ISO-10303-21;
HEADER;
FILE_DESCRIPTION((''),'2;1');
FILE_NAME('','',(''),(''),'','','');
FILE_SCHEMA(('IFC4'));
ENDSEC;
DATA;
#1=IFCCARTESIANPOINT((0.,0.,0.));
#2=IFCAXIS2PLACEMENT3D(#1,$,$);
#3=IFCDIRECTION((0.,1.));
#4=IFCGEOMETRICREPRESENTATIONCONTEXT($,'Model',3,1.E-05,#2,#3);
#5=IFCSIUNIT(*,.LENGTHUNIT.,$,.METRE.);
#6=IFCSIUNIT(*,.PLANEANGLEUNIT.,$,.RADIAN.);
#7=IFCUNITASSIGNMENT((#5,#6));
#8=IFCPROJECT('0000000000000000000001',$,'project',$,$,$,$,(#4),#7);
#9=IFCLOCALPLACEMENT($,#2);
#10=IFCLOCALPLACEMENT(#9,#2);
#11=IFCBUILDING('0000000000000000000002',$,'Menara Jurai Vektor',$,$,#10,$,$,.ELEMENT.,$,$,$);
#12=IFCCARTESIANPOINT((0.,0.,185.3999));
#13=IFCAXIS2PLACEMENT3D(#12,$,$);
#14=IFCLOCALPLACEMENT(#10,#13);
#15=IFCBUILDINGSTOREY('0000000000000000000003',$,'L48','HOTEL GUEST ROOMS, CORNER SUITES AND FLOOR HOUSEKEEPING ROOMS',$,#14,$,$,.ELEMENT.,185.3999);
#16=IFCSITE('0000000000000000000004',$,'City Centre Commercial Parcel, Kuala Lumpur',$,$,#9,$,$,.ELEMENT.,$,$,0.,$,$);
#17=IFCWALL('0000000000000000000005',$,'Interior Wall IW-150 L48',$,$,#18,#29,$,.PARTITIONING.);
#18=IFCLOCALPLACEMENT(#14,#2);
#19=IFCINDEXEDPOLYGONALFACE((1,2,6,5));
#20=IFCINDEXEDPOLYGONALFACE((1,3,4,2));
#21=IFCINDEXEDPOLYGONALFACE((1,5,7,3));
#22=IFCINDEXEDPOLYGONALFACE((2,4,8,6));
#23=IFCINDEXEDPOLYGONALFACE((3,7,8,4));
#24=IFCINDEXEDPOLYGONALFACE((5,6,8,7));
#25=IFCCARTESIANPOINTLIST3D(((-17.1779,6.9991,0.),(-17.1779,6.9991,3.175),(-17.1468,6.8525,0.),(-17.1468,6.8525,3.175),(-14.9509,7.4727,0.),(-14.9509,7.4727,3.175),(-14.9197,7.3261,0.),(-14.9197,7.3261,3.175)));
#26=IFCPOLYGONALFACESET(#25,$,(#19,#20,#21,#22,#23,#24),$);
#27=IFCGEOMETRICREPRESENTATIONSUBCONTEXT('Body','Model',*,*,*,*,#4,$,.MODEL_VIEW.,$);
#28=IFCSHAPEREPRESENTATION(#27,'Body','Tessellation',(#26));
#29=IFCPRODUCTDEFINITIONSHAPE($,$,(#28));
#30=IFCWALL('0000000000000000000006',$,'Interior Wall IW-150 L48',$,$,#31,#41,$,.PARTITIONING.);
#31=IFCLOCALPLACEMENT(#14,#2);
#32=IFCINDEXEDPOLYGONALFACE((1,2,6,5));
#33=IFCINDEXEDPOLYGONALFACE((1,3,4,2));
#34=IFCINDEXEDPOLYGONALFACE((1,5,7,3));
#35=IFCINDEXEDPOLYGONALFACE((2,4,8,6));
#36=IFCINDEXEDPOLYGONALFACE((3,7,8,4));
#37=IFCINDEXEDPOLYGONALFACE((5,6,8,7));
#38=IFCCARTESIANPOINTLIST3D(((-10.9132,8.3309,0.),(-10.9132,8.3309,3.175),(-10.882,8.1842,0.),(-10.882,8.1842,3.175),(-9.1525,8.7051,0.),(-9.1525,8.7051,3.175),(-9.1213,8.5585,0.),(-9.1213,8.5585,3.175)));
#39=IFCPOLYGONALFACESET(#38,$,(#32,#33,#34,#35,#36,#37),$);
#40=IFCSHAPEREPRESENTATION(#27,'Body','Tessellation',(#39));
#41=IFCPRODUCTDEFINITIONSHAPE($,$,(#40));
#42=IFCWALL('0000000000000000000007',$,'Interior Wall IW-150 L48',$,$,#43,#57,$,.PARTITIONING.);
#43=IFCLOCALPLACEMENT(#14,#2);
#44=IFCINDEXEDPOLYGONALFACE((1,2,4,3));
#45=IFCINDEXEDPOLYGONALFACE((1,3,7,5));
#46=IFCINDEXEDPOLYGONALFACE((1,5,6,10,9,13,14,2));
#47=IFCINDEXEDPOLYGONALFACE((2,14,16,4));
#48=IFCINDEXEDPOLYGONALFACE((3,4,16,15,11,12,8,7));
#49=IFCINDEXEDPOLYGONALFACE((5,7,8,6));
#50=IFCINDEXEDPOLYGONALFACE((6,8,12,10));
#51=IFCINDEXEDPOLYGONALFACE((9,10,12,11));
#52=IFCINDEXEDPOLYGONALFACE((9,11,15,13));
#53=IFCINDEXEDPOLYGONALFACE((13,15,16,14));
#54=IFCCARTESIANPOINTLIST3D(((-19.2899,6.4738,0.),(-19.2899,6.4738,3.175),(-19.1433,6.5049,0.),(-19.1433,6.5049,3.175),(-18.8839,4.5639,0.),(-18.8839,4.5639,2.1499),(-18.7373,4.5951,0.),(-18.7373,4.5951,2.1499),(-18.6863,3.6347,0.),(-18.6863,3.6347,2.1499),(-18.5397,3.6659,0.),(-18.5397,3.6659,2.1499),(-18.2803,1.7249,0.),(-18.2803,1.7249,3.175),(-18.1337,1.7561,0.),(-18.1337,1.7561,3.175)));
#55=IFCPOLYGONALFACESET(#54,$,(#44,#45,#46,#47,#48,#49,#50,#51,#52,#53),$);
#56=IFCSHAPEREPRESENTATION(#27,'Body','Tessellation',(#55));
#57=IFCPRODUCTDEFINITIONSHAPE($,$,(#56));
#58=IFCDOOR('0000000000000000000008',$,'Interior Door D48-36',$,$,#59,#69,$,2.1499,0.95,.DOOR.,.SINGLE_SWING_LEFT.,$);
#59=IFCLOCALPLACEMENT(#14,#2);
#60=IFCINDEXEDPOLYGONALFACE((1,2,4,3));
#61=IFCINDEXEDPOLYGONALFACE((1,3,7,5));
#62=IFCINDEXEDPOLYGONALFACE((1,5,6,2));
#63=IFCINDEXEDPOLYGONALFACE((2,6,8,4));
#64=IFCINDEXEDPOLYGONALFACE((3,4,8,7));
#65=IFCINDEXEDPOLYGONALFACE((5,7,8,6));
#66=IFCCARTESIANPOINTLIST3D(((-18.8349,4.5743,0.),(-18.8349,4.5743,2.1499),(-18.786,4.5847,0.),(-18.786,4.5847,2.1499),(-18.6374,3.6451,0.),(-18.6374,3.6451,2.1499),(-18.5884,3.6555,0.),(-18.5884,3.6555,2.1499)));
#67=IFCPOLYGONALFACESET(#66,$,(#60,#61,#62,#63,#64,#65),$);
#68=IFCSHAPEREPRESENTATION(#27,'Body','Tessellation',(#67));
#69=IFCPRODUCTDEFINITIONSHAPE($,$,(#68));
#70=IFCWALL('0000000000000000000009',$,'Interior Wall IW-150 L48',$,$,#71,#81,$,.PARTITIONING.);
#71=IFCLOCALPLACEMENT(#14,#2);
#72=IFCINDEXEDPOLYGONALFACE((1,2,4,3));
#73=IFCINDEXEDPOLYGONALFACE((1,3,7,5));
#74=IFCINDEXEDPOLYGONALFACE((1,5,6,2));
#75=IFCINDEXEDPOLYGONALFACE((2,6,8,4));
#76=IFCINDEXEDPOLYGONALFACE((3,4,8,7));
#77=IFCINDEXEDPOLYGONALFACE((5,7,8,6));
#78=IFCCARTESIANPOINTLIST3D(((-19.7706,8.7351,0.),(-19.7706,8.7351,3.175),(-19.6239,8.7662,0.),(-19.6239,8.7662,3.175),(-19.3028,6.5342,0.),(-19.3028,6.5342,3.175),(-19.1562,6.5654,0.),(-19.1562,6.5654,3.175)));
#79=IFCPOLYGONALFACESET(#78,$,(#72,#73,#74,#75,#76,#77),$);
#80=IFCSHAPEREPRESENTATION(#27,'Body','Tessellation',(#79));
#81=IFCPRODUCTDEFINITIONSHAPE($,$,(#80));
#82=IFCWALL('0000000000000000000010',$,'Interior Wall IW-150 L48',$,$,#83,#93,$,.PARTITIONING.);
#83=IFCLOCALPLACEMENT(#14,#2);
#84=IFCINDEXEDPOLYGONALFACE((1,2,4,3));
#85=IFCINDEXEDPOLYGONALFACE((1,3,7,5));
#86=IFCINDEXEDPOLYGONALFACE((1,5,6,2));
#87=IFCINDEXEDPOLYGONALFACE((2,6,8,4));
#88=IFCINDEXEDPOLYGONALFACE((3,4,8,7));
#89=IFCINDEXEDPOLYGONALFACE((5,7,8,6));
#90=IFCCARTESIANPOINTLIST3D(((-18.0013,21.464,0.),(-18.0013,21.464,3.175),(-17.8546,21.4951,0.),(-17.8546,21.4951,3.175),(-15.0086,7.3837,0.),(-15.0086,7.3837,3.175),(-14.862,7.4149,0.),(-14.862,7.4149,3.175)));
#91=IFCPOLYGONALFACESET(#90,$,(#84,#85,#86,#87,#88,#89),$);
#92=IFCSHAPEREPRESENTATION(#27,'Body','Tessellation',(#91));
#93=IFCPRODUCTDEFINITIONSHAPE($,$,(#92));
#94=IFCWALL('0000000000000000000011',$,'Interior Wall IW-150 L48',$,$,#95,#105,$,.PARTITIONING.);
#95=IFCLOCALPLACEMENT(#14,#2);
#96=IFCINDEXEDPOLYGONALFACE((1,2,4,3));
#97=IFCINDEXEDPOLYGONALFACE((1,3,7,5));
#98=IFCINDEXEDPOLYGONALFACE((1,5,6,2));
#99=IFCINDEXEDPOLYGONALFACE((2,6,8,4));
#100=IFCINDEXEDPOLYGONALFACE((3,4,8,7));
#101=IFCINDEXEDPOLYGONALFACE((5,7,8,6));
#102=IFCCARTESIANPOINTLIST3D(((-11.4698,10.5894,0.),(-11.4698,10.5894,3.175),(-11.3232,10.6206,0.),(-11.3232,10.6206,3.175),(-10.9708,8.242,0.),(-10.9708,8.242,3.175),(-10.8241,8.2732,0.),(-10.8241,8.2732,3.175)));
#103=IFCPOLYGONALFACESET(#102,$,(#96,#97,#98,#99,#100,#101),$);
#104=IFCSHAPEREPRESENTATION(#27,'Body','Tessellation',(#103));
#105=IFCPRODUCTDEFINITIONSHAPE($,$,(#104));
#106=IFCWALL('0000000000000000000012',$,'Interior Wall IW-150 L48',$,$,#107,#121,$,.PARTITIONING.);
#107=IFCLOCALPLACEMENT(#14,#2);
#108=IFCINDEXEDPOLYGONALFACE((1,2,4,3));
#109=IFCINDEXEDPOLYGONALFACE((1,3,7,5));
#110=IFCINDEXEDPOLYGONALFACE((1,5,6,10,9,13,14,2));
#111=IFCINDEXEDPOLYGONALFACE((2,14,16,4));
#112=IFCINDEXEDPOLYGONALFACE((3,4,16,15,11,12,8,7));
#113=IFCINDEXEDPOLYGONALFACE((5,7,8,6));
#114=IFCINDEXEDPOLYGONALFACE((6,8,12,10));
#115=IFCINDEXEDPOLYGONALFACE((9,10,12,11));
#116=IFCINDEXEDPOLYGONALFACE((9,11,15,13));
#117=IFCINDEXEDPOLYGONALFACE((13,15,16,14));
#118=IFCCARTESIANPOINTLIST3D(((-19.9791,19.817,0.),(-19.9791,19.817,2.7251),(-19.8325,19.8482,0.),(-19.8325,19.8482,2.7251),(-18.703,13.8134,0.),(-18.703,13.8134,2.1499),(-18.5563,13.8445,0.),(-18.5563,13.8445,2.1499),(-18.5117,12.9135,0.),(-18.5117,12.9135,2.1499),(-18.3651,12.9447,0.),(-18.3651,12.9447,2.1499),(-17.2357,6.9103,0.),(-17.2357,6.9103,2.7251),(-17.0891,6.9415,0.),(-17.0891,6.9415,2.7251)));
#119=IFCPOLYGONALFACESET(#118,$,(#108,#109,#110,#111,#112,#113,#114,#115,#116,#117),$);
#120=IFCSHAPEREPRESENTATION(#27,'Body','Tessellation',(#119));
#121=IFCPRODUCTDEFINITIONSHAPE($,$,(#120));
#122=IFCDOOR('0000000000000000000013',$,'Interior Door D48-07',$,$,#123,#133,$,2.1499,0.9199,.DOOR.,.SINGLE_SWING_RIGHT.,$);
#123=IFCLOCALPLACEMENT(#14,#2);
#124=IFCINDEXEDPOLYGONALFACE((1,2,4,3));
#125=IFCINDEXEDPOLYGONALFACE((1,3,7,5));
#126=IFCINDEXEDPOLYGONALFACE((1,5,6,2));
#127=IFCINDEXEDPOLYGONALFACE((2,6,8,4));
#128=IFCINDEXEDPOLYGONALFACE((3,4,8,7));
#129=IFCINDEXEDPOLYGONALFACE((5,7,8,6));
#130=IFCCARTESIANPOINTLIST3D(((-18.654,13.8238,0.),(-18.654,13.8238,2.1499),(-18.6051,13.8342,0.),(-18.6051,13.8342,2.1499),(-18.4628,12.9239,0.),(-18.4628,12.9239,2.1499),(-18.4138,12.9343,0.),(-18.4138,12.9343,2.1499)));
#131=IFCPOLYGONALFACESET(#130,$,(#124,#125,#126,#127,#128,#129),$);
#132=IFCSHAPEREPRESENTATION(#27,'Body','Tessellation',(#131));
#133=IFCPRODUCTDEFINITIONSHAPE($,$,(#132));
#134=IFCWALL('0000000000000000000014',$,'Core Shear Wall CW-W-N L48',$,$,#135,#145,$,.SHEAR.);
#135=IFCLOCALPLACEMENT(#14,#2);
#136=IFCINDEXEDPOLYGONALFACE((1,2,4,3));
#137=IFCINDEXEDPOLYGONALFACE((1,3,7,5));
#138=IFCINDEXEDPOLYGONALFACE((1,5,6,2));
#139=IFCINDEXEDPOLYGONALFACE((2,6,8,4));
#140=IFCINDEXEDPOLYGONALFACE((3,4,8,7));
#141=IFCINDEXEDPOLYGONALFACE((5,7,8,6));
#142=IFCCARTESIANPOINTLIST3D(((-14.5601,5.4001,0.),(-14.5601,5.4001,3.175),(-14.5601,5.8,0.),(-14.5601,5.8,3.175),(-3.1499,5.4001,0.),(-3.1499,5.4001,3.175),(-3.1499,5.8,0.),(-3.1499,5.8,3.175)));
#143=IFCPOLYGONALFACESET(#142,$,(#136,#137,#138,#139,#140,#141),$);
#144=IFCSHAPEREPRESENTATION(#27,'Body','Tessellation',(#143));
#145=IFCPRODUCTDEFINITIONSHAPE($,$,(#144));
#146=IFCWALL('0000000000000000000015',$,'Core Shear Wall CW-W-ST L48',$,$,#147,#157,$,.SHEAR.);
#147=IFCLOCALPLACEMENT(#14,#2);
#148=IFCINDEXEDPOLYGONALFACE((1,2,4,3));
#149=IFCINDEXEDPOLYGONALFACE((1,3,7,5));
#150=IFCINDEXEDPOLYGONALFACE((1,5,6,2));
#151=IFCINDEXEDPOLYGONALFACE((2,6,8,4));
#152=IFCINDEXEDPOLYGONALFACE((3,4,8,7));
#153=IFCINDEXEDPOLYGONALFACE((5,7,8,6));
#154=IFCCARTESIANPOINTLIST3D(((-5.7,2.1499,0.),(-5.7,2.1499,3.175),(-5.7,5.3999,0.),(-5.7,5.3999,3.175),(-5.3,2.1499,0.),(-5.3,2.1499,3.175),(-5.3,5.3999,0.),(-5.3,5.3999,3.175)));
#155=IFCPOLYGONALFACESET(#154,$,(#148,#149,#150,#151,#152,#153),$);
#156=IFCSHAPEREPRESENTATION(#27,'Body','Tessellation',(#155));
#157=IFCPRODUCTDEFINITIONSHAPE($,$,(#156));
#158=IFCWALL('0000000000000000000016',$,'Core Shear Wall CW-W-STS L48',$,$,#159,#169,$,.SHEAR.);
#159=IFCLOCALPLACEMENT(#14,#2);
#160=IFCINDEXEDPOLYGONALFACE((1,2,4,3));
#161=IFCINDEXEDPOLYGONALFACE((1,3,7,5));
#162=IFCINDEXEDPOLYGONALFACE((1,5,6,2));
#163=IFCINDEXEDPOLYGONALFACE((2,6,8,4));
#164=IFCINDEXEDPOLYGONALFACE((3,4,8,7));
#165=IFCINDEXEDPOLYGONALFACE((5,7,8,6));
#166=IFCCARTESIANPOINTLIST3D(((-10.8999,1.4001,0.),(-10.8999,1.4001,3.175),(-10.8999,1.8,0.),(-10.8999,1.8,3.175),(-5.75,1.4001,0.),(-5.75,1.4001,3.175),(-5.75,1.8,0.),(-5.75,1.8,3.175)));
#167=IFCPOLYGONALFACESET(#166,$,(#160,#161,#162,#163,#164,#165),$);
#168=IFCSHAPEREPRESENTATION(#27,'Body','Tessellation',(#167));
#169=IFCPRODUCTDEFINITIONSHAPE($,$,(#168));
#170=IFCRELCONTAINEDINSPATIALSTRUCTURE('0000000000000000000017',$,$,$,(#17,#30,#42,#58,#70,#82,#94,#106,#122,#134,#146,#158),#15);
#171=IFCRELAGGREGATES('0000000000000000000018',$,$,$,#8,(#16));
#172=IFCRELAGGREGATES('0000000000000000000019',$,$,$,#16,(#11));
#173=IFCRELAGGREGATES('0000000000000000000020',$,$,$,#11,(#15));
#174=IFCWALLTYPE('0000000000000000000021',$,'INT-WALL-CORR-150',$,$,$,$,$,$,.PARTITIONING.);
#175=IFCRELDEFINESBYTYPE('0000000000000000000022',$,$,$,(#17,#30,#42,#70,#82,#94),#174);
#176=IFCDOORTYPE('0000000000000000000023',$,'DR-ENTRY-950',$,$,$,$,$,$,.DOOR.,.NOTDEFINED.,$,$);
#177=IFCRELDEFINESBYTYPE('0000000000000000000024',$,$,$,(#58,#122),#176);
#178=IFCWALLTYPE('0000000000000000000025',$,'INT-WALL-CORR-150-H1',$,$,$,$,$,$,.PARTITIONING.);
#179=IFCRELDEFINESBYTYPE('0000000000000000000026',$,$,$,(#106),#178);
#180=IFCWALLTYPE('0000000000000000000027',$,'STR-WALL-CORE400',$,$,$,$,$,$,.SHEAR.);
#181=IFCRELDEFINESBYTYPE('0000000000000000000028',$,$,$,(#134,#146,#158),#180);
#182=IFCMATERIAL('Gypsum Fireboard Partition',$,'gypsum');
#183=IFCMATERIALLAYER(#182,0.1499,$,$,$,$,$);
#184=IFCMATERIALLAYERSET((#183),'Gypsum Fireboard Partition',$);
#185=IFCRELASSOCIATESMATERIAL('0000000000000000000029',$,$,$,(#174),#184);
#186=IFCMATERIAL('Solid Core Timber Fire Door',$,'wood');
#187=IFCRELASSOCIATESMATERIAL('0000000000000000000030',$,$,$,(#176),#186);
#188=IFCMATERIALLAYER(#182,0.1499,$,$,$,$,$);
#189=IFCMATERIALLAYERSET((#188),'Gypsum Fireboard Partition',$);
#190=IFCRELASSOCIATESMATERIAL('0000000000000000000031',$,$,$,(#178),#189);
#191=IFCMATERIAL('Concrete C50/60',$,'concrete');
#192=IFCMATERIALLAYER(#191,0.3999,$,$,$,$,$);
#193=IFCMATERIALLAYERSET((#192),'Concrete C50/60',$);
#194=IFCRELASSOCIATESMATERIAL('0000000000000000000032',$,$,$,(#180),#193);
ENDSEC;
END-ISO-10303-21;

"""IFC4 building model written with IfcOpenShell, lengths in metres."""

from ifc_helpers import new_model, si_unit, direction, frame, frame_2d, origin, place, context, subcontext, project, spatial, rectangle, extrude, material, layer, layer_set, type_object, element, fill, save


model = new_model("IFC4")

# Units and contexts
model_context = context("Model", 3, precision=1e-05, world=origin(), true_north=direction((0.0, 1.0)))
body_context = subcontext(model_context, "Body", "Model", "MODEL_VIEW")
ifc_project = project(units=[si_unit("LENGTHUNIT", "METRE"), si_unit("PLANEANGLEUNIT", "RADIAN")], contexts=[model_context])

# Site, building, storey
site_placement = place(None, origin())
site = spatial("IfcSite", under=ifc_project, at=site_placement, Name="City Centre Commercial Parcel, Kuala Lumpur", CompositionType="ELEMENT", RefElevation=0.0)
building_placement = place(site_placement, origin())
building = spatial("IfcBuilding", under=site, at=building_placement, Name="Menara Jurai Vektor", CompositionType="ELEMENT")
storey_placement = place(building_placement, frame((0.0, 0.0, 185.3999)))
storey = spatial("IfcBuildingStorey", under=building, at=storey_placement, Name="L48", Description="HOTEL GUEST ROOMS, CORNER SUITES AND FLOOR HOUSEKEEPING ROOMS", CompositionType="ELEMENT", Elevation=185.3999)

# Shared definitions
ifc_material_1 = material(Name="Concrete C50/60", Category="concrete")

# Wall
ifc_material_2 = material(Name="Gypsum Fireboard Partition", Category="gypsum")
ifc_layer_1 = layer(ifc_material_2, 0.1499)
ifc_layer_set_1 = layer_set([ifc_layer_1], Name="Gypsum Fireboard Partition")
wall_type_1 = type_object("IfcWallType", Name="INT-WALL-CORR-150", PredefinedType="PARTITIONING", material=ifc_layer_set_1)
wall_1_placement = place(storey_placement, frame((-17.1624, 6.9258, 0.0), z_axis=(0.0, 0.0, 1.0), x_axis=(0.978125, 0.20802, 0.0)))
element("IfcWall", 1, at=wall_1_placement, inside=storey, type_object=wall_type_1, Name="Interior Wall IW-150 L48", PredefinedType="PARTITIONING", context=body_context, shape_type="SweptSolid", body=[
    extrude(rectangle(XDim=2.2769, YDim=0.1499, at=frame_2d((1.1384, 0.0))), origin(), (0.0, 0.0, 1.0), 3.175),
])

# Shared definitions
ifc_material_3 = material(Name="Solid Core Timber Fire Door", Category="wood")
door_type_1 = type_object("IfcDoorType", Name="DR-ENTRY-950", OperationType="NOTDEFINED", PredefinedType="DOOR", material=ifc_material_3)

# Wall
wall_2_placement = place(storey_placement, frame((-10.8975, 8.2576, 0.0), z_axis=(0.0, 0.0, 1.0), x_axis=(0.978146, 0.207917, 0.0)))
element("IfcWall", 2, at=wall_2_placement, inside=storey, type_object=wall_type_1, Name="Interior Wall IW-150 L48", PredefinedType="PARTITIONING", context=body_context, shape_type="SweptSolid", body=[
    extrude(rectangle(XDim=1.8, YDim=0.1499, at=frame_2d((0.8999, 0.0))), origin(), (0.0, 0.0, 1.0), 3.175),
])

# Wall, opening, door
wall_3_placement = place(storey_placement, frame((-18.207, 1.7405, 0.0), z_axis=(0.0, 0.0, 1.0), x_axis=(-0.207939, 0.978142, 0.0)))
wall_3 = element("IfcWall", 3, at=wall_3_placement, inside=storey, type_object=wall_type_1, Name="Interior Wall IW-150 L48", PredefinedType="PARTITIONING", context=body_context, shape_type="SweptSolid", body=[
    extrude(rectangle(XDim=4.855, YDim=0.1499, at=frame_2d((2.4275, 0.0))), origin(), (0.0, 0.0, 1.0), 3.175),
])
opening_1_placement = place(wall_3_placement, frame((1.9524, 0.0, 0.0)))
opening_1 = element("IfcOpeningElement", 4, at=opening_1_placement, cuts=wall_3, PredefinedType="OPENING", context=body_context, shape_type="SweptSolid", body=[
    extrude(rectangle(XDim=0.95, YDim=2.1499, at=frame_2d((0.4751, 1.075))), frame((0.0, 0.085, 0.0), z_axis=(0.0, -1.0, 0.0), x_axis=(1.0, 0.0, 0.0)), (0.0, 0.0, 1.0), 0.1699),
])
door_1_placement = place(opening_1_placement, origin())
door_1 = element("IfcDoor", 5, at=door_1_placement, inside=storey, type_object=door_type_1, Name="Interior Door D48-36", OperationType="SINGLE_SWING_LEFT", OverallHeight=2.1499, OverallWidth=0.95, PredefinedType="DOOR", context=body_context, shape_type="SweptSolid", body=[
    extrude(rectangle(XDim=0.95, YDim=2.1499, at=frame_2d((0.4751, 1.075))), frame((0.0, 0.0249, 0.0), z_axis=(0.0, -1.0, 0.0), x_axis=(1.0, 0.0, 0.0)), (0.0, 0.0, 1.0), 0.05),
])
fill(opening_1, door_1)

# Walls
wall_4_placement = place(storey_placement, frame((-19.2295, 6.5498, 0.0), z_axis=(0.0, 0.0, 1.0), x_axis=(-0.207891, 0.978152, 0.0)))
element("IfcWall", 6, at=wall_4_placement, inside=storey, type_object=wall_type_1, Name="Interior Wall IW-150 L48", PredefinedType="PARTITIONING", context=body_context, shape_type="SweptSolid", body=[
    extrude(rectangle(XDim=2.25, YDim=0.1499, at=frame_2d((1.125, 0.0))), origin(), (0.0, 0.0, 1.0), 3.175),
])
wall_5_placement = place(storey_placement, frame((-14.9353, 7.3994, 0.0), z_axis=(0.0, 0.0, 1.0), x_axis=(-0.207899, 0.97815, 0.0)))
element("IfcWall", 7, at=wall_5_placement, inside=storey, type_object=wall_type_1, Name="Interior Wall IW-150 L48", PredefinedType="PARTITIONING", context=body_context, shape_type="SweptSolid", body=[
    extrude(rectangle(XDim=14.3948, YDim=0.1499, at=frame_2d((7.1973, 0.0))), origin(), (0.0, 0.0, 1.0), 3.175),
])
wall_6_placement = place(storey_placement, frame((-10.8975, 8.2576, 0.0), z_axis=(0.0, 0.0, 1.0), x_axis=(-0.207938, 0.978142, 0.0)))
element("IfcWall", 8, at=wall_6_placement, inside=storey, type_object=wall_type_1, Name="Interior Wall IW-150 L48", PredefinedType="PARTITIONING", context=body_context, shape_type="SweptSolid", body=[
    extrude(rectangle(XDim=2.3999, YDim=0.1499, at=frame_2d((1.2, 0.0))), origin(), (0.0, 0.0, 1.0), 3.175),
])

# Wall, opening, door
ifc_layer_2 = layer(ifc_material_2, 0.1499)
ifc_layer_set_2 = layer_set([ifc_layer_2], Name="Gypsum Fireboard Partition")
wall_type_2 = type_object("IfcWallType", Name="INT-WALL-CORR-150-H1", PredefinedType="PARTITIONING", material=ifc_layer_set_2)
wall_7_placement = place(storey_placement, frame((-17.1624, 6.9258, 0.0), z_axis=(0.0, 0.0, 1.0), x_axis=(-0.207911, 0.978148, 0.0)))
wall_7 = element("IfcWall", 9, at=wall_7_placement, inside=storey, type_object=wall_type_2, Name="Interior Wall IW-150 L48", PredefinedType="PARTITIONING", context=body_context, shape_type="SweptSolid", body=[
    extrude(rectangle(XDim=13.1951, YDim=0.1499, at=frame_2d((6.5977, 0.0))), origin(), (0.0, 0.0, 1.0), 2.7251),
])
opening_2_placement = place(wall_7_placement, frame((6.1375, 0.0, 0.0)))
opening_2 = element("IfcOpeningElement", 10, at=opening_2_placement, cuts=wall_7, PredefinedType="OPENING", context=body_context, shape_type="SweptSolid", body=[
    extrude(rectangle(XDim=0.9199, YDim=2.1499, at=frame_2d((0.46, 1.075))), frame((0.0, 0.085, 0.0), z_axis=(0.0, -1.0, 0.0), x_axis=(1.0, 0.0, 0.0)), (0.0, 0.0, 1.0), 0.1699),
])
door_2_placement = place(opening_2_placement, origin())
door_2 = element("IfcDoor", 11, at=door_2_placement, inside=storey, type_object=door_type_1, Name="Interior Door D48-07", OperationType="SINGLE_SWING_RIGHT", OverallHeight=2.1499, OverallWidth=0.9199, PredefinedType="DOOR", context=body_context, shape_type="SweptSolid", body=[
    extrude(rectangle(XDim=0.9199, YDim=2.1499, at=frame_2d((0.46, 1.075))), frame((0.0, 0.0249, 0.0), z_axis=(0.0, -1.0, 0.0), x_axis=(1.0, 0.0, 0.0)), (0.0, 0.0, 1.0), 0.05),
])
fill(opening_2, door_2)

# Walls
ifc_layer_3 = layer(ifc_material_1, 0.3999)
ifc_layer_set_3 = layer_set([ifc_layer_3], Name="Concrete C50/60")
wall_type_3 = type_object("IfcWallType", Name="STR-WALL-CORE400", PredefinedType="SHEAR", material=ifc_layer_set_3)
wall_8_placement = place(storey_placement, frame((-14.5601, 5.6001, 0.0), z_axis=(0.0, 0.0, 1.0), x_axis=(1.0, 0.0, 0.0)))
element("IfcWall", 12, at=wall_8_placement, inside=storey, type_object=wall_type_3, Name="Core Shear Wall CW-W-N L48", PredefinedType="SHEAR", context=body_context, shape_type="SweptSolid", body=[
    extrude(rectangle(XDim=11.4102, YDim=0.3999, at=frame_2d((5.7051, 0.0))), origin(), (0.0, 0.0, 1.0), 3.175),
])
wall_9_placement = place(storey_placement, frame((-5.5, 2.1499, 0.0), z_axis=(0.0, 0.0, 1.0), x_axis=(0.0, 1.0, 0.0)))
element("IfcWall", 13, at=wall_9_placement, inside=storey, type_object=wall_type_3, Name="Core Shear Wall CW-W-ST L48", PredefinedType="SHEAR", context=body_context, shape_type="SweptSolid", body=[
    extrude(rectangle(XDim=3.25, YDim=0.3999, at=frame_2d((1.625, 0.0))), origin(), (0.0, 0.0, 1.0), 3.175),
])
wall_10_placement = place(storey_placement, frame((-10.8999, 1.6001, 0.0), z_axis=(0.0, 0.0, 1.0), x_axis=(1.0, 0.0, 0.0)))
element("IfcWall", 14, at=wall_10_placement, inside=storey, type_object=wall_type_3, Name="Core Shear Wall CW-W-STS L48", PredefinedType="SHEAR", context=body_context, shape_type="SweptSolid", body=[
    extrude(rectangle(XDim=5.1499, YDim=0.3999, at=frame_2d((2.575, 0.0))), origin(), (0.0, 0.0, 1.0), 3.175),
])

save(model, "model.ifc")
